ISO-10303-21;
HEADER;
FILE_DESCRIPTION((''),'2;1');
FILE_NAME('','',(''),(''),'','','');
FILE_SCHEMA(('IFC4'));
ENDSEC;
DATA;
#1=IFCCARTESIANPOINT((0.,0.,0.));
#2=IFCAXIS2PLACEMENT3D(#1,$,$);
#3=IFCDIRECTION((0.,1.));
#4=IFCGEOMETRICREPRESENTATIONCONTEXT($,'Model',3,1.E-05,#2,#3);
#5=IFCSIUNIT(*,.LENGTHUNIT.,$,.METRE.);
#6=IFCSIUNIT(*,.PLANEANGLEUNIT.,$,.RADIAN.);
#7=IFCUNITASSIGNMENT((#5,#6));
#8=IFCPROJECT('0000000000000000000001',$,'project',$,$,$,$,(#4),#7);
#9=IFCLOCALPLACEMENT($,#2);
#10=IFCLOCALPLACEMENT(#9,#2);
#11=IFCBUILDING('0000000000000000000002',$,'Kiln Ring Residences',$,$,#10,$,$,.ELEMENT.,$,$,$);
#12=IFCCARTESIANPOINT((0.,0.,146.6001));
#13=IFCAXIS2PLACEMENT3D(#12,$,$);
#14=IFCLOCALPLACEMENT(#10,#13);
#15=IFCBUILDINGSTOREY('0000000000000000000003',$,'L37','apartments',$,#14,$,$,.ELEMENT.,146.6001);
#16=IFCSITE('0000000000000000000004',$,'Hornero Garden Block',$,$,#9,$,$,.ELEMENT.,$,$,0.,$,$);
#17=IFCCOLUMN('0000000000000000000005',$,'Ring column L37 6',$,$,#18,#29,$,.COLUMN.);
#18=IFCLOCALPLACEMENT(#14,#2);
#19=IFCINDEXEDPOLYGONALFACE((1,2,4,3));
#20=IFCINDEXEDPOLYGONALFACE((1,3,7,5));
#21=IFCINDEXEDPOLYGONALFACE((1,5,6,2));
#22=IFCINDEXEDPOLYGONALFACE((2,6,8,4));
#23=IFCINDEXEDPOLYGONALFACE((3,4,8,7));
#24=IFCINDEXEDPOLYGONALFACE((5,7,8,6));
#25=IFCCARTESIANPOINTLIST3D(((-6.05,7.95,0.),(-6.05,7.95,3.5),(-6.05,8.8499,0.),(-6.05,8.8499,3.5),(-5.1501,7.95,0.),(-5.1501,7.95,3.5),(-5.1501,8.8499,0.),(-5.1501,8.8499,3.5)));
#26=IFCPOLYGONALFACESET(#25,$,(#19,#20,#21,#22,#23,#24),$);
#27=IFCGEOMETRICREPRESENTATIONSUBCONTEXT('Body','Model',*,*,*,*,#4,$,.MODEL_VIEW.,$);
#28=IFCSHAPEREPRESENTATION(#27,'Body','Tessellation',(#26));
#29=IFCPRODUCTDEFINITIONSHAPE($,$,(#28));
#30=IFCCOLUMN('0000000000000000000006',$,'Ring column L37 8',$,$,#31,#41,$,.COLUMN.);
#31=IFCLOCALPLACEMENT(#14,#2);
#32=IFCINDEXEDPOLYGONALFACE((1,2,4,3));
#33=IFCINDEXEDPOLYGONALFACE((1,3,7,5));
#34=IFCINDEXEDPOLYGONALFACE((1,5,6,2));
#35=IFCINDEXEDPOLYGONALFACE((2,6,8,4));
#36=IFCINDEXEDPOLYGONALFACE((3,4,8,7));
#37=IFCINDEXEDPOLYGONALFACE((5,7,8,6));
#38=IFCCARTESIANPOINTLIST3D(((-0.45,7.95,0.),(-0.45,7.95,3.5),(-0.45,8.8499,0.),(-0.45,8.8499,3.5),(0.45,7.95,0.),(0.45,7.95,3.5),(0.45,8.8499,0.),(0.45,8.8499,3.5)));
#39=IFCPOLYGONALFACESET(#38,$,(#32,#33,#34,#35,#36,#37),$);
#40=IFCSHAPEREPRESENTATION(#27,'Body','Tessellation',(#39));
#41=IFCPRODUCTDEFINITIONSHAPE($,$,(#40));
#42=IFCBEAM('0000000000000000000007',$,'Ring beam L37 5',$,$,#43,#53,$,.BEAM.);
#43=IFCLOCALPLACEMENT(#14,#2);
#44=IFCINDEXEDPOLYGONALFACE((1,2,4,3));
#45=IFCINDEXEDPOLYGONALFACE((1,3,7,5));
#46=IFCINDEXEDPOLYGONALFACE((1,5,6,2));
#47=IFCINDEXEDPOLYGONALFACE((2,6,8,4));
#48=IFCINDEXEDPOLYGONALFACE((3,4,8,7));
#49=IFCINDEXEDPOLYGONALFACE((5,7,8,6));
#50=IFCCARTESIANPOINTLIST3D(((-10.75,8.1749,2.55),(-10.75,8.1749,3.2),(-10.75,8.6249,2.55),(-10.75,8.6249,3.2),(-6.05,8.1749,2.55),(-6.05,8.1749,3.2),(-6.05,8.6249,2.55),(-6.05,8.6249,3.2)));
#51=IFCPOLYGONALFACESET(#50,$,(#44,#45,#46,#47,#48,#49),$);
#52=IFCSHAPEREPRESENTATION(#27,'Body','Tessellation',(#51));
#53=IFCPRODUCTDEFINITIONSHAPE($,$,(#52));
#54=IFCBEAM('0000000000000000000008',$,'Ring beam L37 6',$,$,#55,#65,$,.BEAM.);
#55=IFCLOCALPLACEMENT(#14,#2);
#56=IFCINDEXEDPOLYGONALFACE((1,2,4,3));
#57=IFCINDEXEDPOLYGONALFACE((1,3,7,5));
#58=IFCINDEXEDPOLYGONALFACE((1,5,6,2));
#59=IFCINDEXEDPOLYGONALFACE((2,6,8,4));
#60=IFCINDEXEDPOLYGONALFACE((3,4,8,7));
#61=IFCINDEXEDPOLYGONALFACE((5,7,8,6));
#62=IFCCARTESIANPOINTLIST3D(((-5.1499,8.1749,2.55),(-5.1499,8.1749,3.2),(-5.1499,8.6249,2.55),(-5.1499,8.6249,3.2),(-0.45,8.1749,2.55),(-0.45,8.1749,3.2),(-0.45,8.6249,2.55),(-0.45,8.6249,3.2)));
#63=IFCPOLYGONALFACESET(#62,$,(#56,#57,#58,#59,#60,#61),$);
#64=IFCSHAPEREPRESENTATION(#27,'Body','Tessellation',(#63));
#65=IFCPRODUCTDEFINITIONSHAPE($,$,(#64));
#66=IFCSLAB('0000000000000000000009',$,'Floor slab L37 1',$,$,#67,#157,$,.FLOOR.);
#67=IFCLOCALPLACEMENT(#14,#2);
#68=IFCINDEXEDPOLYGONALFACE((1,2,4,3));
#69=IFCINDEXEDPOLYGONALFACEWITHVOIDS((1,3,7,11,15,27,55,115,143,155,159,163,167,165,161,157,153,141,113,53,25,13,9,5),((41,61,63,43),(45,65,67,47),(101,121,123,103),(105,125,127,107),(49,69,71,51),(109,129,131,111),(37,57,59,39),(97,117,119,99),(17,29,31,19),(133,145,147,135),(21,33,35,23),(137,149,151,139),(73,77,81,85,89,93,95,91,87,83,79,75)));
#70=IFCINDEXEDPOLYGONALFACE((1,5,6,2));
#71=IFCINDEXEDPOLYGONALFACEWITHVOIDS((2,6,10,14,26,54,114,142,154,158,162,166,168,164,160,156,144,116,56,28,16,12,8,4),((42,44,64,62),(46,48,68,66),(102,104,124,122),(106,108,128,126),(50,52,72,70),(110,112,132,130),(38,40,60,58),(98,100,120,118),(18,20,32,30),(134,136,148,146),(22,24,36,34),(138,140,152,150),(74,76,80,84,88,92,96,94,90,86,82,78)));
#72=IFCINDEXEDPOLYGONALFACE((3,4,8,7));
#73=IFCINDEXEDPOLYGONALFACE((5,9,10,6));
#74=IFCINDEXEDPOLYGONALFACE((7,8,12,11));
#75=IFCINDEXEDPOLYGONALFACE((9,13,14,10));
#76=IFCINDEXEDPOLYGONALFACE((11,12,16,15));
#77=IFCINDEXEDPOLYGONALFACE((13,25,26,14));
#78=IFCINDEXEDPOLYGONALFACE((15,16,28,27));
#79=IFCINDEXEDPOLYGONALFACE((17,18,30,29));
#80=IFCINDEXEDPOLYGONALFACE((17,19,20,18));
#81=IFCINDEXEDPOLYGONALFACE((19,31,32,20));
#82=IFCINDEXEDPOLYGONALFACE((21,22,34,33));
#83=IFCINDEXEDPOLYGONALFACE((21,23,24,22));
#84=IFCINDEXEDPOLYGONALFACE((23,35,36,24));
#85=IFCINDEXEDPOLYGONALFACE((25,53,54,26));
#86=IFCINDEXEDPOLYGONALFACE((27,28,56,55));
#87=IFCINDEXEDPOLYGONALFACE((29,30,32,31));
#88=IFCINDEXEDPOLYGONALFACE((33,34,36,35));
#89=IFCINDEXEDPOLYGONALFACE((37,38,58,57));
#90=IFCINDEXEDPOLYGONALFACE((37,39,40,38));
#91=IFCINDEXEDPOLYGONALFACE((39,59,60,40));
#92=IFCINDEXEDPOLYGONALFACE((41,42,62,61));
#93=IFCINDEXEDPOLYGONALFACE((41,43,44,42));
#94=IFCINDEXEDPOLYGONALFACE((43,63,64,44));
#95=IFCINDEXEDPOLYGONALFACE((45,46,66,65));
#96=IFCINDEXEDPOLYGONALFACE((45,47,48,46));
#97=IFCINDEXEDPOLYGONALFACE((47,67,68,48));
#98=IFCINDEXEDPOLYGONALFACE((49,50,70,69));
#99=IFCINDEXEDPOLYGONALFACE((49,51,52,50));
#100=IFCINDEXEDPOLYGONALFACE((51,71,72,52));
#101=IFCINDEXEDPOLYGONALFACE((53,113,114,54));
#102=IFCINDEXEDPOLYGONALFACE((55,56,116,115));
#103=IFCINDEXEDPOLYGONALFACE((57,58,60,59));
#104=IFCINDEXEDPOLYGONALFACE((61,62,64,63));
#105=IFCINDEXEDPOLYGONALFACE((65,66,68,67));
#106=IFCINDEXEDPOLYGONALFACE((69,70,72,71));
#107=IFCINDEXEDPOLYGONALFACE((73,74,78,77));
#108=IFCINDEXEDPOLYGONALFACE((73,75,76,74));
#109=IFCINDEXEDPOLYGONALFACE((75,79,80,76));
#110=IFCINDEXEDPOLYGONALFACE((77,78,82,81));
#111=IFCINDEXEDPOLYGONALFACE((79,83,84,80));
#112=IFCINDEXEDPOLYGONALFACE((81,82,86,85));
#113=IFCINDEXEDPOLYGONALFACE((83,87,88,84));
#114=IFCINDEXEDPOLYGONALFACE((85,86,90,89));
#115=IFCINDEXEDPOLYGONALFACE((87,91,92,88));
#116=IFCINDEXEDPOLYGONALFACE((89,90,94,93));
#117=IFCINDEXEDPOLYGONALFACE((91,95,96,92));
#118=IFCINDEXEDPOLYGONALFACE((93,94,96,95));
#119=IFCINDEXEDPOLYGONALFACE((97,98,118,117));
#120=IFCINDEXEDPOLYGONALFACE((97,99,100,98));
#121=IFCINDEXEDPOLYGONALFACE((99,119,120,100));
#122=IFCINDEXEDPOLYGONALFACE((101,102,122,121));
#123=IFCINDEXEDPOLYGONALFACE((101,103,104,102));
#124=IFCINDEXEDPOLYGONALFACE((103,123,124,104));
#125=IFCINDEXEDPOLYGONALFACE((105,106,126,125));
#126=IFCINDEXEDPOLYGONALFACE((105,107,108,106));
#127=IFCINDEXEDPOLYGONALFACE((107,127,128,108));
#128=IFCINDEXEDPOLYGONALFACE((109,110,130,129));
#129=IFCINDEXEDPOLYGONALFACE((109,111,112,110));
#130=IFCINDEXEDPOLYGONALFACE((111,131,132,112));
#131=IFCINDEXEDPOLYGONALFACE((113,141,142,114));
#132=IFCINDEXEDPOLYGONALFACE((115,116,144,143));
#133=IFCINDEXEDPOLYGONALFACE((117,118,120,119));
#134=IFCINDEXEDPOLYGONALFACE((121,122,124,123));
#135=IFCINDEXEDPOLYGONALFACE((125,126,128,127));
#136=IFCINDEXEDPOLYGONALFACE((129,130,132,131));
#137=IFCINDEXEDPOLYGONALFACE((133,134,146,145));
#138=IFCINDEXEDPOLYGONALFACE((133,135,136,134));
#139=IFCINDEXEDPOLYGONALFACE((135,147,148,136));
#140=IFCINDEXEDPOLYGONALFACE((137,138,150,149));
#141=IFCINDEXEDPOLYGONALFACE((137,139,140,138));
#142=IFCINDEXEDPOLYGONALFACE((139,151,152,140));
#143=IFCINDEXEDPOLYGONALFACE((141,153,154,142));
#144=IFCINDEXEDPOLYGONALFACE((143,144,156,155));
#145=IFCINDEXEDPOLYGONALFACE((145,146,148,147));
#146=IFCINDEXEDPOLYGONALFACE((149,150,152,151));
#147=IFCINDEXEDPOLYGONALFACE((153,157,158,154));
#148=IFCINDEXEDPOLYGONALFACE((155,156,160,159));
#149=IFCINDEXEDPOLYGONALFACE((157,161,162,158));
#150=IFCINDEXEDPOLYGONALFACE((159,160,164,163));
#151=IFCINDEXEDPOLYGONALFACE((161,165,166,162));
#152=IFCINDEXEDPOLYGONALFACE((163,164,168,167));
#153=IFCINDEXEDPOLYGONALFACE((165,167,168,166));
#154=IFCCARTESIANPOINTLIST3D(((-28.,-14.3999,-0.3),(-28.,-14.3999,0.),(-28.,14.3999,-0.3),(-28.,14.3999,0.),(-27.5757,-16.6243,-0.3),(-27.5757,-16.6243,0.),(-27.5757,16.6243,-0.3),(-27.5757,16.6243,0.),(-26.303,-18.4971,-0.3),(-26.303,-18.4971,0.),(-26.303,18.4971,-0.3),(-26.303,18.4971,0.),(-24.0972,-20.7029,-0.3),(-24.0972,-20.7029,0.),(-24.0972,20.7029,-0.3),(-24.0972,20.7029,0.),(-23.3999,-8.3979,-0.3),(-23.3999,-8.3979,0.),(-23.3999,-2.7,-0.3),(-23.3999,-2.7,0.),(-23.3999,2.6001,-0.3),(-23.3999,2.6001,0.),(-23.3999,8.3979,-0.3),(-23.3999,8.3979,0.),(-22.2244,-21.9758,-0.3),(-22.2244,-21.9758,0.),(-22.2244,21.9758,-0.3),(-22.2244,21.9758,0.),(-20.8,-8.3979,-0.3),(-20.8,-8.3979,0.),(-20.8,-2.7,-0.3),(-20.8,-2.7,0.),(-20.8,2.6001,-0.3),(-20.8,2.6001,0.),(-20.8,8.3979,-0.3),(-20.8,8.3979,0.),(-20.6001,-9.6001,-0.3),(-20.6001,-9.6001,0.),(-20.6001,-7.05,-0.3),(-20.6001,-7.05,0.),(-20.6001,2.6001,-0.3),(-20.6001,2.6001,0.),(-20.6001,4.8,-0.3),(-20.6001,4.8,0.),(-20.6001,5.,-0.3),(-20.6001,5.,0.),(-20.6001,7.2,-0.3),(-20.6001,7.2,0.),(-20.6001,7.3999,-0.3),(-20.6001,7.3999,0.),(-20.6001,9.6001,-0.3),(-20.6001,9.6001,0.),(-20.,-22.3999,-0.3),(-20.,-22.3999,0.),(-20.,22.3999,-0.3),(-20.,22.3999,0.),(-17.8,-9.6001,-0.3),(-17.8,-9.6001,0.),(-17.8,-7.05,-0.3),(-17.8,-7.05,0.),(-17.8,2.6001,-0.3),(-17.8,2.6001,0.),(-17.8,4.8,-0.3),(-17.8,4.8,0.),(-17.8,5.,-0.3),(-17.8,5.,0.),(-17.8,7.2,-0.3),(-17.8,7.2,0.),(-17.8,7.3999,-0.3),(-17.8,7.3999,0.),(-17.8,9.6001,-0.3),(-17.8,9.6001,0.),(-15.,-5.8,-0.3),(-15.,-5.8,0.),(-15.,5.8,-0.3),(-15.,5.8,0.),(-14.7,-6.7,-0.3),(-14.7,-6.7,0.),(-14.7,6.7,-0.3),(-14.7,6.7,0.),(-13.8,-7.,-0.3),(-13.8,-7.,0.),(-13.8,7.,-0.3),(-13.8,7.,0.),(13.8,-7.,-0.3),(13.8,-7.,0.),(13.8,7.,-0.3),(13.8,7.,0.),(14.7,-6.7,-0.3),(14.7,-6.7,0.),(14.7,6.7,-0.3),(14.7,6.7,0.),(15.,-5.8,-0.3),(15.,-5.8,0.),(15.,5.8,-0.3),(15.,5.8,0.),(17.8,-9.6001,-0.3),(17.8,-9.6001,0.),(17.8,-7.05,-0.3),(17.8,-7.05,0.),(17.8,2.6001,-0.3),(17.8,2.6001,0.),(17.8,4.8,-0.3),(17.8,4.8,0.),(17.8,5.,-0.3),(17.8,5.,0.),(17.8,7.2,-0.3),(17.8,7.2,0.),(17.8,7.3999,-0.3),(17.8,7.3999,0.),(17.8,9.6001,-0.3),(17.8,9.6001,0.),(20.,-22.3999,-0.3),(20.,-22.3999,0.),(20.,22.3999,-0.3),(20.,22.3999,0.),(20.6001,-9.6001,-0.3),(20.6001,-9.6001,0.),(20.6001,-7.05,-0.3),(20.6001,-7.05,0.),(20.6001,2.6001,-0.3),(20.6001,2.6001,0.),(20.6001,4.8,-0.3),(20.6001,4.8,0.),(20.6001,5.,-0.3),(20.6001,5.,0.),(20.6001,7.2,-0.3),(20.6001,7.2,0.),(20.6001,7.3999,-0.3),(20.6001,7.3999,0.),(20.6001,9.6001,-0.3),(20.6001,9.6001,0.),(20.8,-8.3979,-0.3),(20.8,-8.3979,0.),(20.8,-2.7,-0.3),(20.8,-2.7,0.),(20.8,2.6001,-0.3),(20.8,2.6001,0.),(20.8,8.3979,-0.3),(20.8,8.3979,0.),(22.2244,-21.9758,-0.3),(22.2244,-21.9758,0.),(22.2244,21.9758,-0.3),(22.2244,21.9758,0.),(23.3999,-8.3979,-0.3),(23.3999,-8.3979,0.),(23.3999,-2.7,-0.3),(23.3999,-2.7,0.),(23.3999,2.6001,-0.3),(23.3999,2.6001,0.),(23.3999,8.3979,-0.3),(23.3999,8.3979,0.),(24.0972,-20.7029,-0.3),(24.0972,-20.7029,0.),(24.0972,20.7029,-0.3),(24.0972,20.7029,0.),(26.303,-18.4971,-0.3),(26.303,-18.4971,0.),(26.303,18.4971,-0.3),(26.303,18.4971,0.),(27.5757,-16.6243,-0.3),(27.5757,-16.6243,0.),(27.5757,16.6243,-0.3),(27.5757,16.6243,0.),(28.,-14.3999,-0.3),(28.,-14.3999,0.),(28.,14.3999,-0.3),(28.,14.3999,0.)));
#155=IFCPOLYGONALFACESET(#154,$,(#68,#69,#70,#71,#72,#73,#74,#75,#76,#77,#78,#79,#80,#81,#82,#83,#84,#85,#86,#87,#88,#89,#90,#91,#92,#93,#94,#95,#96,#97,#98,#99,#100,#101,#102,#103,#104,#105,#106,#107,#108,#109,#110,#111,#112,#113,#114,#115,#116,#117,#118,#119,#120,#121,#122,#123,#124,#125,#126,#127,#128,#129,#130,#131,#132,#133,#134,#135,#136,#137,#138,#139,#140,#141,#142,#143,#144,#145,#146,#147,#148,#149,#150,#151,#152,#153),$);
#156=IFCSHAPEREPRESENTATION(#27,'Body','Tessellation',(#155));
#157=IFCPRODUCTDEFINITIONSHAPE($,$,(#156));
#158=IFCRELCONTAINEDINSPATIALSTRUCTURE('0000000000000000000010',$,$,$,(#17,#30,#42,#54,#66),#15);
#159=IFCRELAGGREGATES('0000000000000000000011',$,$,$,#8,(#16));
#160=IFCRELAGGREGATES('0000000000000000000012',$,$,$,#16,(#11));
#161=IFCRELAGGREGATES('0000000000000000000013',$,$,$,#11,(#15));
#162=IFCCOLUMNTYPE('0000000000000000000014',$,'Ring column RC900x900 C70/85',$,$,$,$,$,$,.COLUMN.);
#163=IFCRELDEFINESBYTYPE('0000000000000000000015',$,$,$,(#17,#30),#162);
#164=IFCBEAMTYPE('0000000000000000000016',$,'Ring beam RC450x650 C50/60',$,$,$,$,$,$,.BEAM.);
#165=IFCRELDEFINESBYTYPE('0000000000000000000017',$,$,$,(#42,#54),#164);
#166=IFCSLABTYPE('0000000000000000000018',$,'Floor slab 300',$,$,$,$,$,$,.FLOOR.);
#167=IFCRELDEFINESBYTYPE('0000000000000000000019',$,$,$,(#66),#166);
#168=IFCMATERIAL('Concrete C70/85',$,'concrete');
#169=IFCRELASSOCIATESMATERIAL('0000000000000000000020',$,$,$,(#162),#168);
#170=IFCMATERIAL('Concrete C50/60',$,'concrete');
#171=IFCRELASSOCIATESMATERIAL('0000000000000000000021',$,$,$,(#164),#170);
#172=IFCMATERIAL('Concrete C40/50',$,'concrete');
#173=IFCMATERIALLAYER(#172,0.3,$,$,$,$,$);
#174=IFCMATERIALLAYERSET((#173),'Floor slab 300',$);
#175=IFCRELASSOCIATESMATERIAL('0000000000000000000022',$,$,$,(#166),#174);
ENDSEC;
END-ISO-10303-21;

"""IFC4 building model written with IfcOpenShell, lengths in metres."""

from ifc_helpers import new_model, si_unit, direction, frame, origin, origin_2d, place, context, subcontext, project, spatial, polyline, rectangle, outline, extrude, material, layer, layer_set, material_profile, profile_set, type_object, element, save


model = new_model("IFC4")

# Units and contexts
model_context = context("Model", 3, precision=1e-05, world=origin(), true_north=direction((0.0, 1.0)))
body_context = subcontext(model_context, "Body", "Model", "MODEL_VIEW")
ifc_project = project(units=[si_unit("LENGTHUNIT", "METRE"), si_unit("PLANEANGLEUNIT", "RADIAN")], contexts=[model_context])

# Site, building, storey
site_placement = place(None, origin())
site = spatial("IfcSite", under=ifc_project, at=site_placement, Name="Hornero Garden Block", CompositionType="ELEMENT", RefElevation=0.0)
building_placement = place(site_placement, origin())
building = spatial("IfcBuilding", under=site, at=building_placement, Name="Kiln Ring Residences", CompositionType="ELEMENT")
storey_placement = place(building_placement, frame((0.0, 0.0, 146.6001)))
storey = spatial("IfcBuildingStorey", under=building, at=storey_placement, Name="L37", Description="apartments", CompositionType="ELEMENT", Elevation=146.6001)

# Columns
ifc_material_1 = material(Name="Concrete C70/85", Category="concrete")
ifc_material_profile_1 = material_profile(ifc_material_1, rectangle(XDim=0.8999, YDim=0.8999, at=origin_2d()), Name="RC900x900")
ifc_profile_set_1 = profile_set([ifc_material_profile_1], Name="Concrete C70/85")
column_type = type_object("IfcColumnType", Name="Ring column RC900x900 C70/85", PredefinedType="COLUMN", material=ifc_profile_set_1)
for number, where, z_axis, x_axis, name in (
    (1, (-5.6001, 8.3999, 0.0), (0.0, 0.0, 1.0), (1.0, 0.0, 0.0), "Ring column L37 6"),
    (2, (0.0, 8.3999, 0.0), (0.0, 0.0, 1.0), (1.0, 0.0, 0.0), "Ring column L37 8"),
):
    element("IfcColumn", number, at=place(storey_placement, frame(where, z_axis=z_axis, x_axis=x_axis)), inside=storey, type_object=column_type, Name=name, PredefinedType="COLUMN", context=body_context, shape_type="SweptSolid", body=[
        extrude(rectangle(XDim=0.8999, YDim=0.8999, at=origin_2d()), origin(), (0.0, 0.0, 1.0), 3.5),
    ])

# Beams
ifc_material_2 = material(Name="Concrete C50/60", Category="concrete")
ifc_material_profile_2 = material_profile(ifc_material_2, rectangle(XDim=0.45, YDim=0.6499, at=origin_2d()), Name="RC450x650")
ifc_profile_set_2 = profile_set([ifc_material_profile_2], Name="Concrete C50/60")
beam_type = type_object("IfcBeamType", Name="Ring beam RC450x650 C50/60", PredefinedType="BEAM", material=ifc_profile_set_2)
for number, where, z_axis, x_axis, name in (
    (3, (-10.75, 8.3999, 2.875), (1.0, 0.0, 0.0), (0.0, 1.0, 0.0), "Ring beam L37 5"),
    (4, (-5.1499, 8.3999, 2.875), (1.0, 0.0, 0.0), (0.0, 1.0, 0.0), "Ring beam L37 6"),
):
    element("IfcBeam", number, at=place(storey_placement, frame(where, z_axis=z_axis, x_axis=x_axis)), inside=storey, type_object=beam_type, Name=name, PredefinedType="BEAM", context=body_context, shape_type="SweptSolid", body=[
        extrude(rectangle(XDim=0.45, YDim=0.6499, at=origin_2d()), origin(), (0.0, 0.0, 1.0), 4.7),
    ])

# Slab
ifc_material_3 = material(Name="Concrete C40/50", Category="concrete")
ifc_layer_1 = layer(ifc_material_3, 0.3)
ifc_layer_set_1 = layer_set([ifc_layer_1], Name="Floor slab 300")
slab_type = type_object("IfcSlabType", Name="Floor slab 300", PredefinedType="FLOOR", material=ifc_layer_set_1)
slab_placement = place(storey_placement, frame((0.0, 0.0, -0.3)))
element("IfcSlab", 5, at=slab_placement, inside=storey, type_object=slab_type, Name="Floor slab L37 1", PredefinedType="FLOOR", context=body_context, shape_type="SweptSolid", body=[
    extrude(outline(polyline([(-26.303, -18.4971), (-24.0972, -20.7029), (-22.2244, -21.9758), (-20.0, -22.3999), (20.0, -22.3999), (22.2244, -21.9758), (24.0972, -20.7029), (26.303, -18.4971), (27.5757, -16.6243), (28.0, -14.3999), (28.0, 14.3999), (27.5757, 16.6243), (26.303, 18.4971), (24.0972, 20.7029), (22.2244, 21.9758), (20.0, 22.3999), (-20.0, 22.3999), (-22.2244, 21.9758), (-24.0972, 20.7029), (-26.303, 18.4971), (-27.5757, 16.6243), (-28.0, 14.3999), (-28.0, -14.3999), (-27.5757, -16.6243), (-26.303, -18.4971)]), holes=[polyline([(-14.7, -6.7), (-15.0, -5.8), (-15.0, 5.8), (-14.7, 6.7), (-13.8, 7.0), (13.8, 7.0), (14.7, 6.7), (15.0, 5.8), (15.0, -5.8), (14.7, -6.7), (13.8, -7.0), (-13.8, -7.0), (-14.7, -6.7)]), polyline([(20.8, -8.3979), (20.8, -2.7), (23.3999, -2.7), (23.3999, -8.3979), (20.8, -8.3979)]), polyline([(23.3999, 2.6001), (20.8, 2.6001), (20.8, 8.3979), (23.3999, 8.3979), (23.3999, 2.6001)]), polyline([(17.8, 2.6001), (17.8, 4.8), (20.6001, 4.8), (20.6001, 2.6001), (17.8, 2.6001)]), polyline([(17.8, 5.0), (17.8, 7.2), (20.6001, 7.2), (20.6001, 5.0), (17.8, 5.0)]), polyline([(17.8, 7.3999), (17.8, 9.6001), (20.6001, 9.6001), (20.6001, 7.3999), (17.8, 7.3999)]), polyline([(20.6001, -9.6001), (17.8, -9.6001), (17.8, -7.05), (20.6001, -7.05), (20.6001, -9.6001)]), polyline([(-17.8, -7.05), (-17.8, -9.6001), (-20.6001, -9.6001), (-20.6001, -7.05), (-17.8, -7.05)]), polyline([(-17.8, 2.6001), (-20.6001, 2.6001), (-20.6001, 4.8), (-17.8, 4.8), (-17.8, 2.6001)]), polyline([(-17.8, 5.0), (-20.6001, 5.0), (-20.6001, 7.2), (-17.8, 7.2), (-17.8, 5.0)]), polyline([(-17.8, 7.3999), (-20.6001, 7.3999), (-20.6001, 9.6001), (-17.8, 9.6001), (-17.8, 7.3999)]), polyline([(-20.8, -8.3979), (-23.3999, -8.3979), (-23.3999, -2.7), (-20.8, -2.7), (-20.8, -8.3979)]), polyline([(-20.8, 8.3979), (-20.8, 2.6001), (-23.3999, 2.6001), (-23.3999, 8.3979), (-20.8, 8.3979)])]), origin(), (0.0, 0.0, 1.0), 0.3),
])

save(model, "model.ifc")
